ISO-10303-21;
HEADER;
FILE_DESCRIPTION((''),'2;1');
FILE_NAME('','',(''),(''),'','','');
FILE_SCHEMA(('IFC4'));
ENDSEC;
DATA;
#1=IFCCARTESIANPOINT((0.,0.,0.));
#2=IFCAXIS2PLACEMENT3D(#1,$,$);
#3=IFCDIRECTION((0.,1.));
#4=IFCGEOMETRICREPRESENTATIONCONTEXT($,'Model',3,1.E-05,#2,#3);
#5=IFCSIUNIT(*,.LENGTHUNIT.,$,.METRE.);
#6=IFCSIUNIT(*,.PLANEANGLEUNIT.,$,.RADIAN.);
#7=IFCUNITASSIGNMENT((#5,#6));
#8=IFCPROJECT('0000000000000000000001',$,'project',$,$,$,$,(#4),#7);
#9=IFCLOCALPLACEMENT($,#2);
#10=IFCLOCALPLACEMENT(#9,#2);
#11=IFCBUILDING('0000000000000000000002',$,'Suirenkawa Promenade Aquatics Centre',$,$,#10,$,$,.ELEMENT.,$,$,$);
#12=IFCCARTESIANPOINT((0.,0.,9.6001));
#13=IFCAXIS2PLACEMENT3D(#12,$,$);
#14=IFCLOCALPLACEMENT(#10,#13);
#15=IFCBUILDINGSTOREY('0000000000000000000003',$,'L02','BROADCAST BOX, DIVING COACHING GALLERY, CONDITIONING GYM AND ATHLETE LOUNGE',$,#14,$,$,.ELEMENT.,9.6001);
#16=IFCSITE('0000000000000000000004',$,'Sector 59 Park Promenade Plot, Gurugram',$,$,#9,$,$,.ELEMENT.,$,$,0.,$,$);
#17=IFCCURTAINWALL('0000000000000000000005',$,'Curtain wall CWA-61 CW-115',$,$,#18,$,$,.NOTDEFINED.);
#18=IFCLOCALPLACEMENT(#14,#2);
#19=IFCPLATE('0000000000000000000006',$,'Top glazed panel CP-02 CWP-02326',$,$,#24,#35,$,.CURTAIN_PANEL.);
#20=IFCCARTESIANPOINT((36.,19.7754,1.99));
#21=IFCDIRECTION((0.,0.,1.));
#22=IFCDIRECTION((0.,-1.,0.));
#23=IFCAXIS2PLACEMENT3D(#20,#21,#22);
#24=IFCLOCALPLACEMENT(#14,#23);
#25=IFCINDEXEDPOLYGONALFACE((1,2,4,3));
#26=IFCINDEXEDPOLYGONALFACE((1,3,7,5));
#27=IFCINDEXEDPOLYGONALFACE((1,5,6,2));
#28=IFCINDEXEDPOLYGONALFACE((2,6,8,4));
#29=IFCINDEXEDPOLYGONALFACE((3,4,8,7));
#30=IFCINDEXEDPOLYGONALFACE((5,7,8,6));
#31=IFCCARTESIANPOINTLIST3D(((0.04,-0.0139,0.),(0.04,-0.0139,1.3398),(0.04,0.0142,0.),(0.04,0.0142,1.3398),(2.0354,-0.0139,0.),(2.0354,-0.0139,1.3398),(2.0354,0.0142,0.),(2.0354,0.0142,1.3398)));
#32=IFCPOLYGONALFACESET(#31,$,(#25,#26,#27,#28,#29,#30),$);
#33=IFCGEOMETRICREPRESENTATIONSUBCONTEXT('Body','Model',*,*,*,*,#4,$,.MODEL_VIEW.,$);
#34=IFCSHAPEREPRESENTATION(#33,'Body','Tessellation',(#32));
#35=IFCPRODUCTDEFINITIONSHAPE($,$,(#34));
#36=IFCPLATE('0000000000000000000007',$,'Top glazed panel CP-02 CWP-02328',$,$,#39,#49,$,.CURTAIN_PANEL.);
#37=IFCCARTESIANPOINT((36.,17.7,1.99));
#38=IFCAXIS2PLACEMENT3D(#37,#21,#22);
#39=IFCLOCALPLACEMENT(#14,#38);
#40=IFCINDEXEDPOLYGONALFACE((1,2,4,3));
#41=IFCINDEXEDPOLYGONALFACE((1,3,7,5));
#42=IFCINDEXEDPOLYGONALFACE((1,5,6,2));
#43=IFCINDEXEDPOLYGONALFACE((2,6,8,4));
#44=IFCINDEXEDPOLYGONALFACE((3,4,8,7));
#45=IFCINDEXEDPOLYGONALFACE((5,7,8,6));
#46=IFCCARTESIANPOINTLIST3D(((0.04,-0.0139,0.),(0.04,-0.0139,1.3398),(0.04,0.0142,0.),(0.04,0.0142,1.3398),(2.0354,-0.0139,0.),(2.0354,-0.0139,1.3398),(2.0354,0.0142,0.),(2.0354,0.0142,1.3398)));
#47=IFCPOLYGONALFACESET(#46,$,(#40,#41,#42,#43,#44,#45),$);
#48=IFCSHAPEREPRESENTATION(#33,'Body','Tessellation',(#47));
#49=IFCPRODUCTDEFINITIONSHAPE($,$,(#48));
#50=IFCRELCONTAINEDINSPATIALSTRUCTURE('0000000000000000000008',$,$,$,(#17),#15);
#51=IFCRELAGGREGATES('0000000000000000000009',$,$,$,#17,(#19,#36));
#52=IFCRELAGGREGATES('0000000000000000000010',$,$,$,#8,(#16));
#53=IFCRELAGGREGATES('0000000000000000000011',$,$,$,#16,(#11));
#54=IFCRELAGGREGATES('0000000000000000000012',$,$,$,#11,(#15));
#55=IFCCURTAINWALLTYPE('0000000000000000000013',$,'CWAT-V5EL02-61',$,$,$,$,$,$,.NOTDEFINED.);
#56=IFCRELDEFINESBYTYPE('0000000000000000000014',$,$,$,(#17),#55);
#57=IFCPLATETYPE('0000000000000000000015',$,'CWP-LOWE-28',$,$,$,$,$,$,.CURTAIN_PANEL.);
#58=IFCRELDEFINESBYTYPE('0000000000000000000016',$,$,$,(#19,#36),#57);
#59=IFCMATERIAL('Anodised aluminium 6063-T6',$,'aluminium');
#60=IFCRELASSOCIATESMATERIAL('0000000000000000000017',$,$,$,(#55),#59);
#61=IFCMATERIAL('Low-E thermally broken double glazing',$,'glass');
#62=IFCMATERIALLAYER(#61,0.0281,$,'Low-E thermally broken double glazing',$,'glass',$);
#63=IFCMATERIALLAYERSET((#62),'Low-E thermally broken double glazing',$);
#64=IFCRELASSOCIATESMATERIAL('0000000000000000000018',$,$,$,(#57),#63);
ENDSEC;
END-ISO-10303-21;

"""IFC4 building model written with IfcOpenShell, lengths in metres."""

from ifc_helpers import new_model, si_unit, direction, frame, origin, place, context, subcontext, project, spatial, polyline, outline, extrude, material, layer, layer_set, type_object, element, aggregate, save


model = new_model("IFC4")

# Units and contexts
model_context = context("Model", 3, precision=1e-05, world=origin(), true_north=direction((0.0, 1.0)))
body_context = subcontext(model_context, "Body", "Model", "MODEL_VIEW")
ifc_project = project(units=[si_unit("LENGTHUNIT", "METRE"), si_unit("PLANEANGLEUNIT", "RADIAN")], contexts=[model_context])

# Site, building, storey
site_placement = place(None, origin())
site = spatial("IfcSite", under=ifc_project, at=site_placement, Name="Sector 59 Park Promenade Plot, Gurugram", CompositionType="ELEMENT", RefElevation=0.0)
building_placement = place(site_placement, origin())
building = spatial("IfcBuilding", under=site, at=building_placement, Name="Suirenkawa Promenade Aquatics Centre", CompositionType="ELEMENT")
storey_placement = place(building_placement, frame((0.0, 0.0, 9.6001)))
storey = spatial("IfcBuildingStorey", under=building, at=storey_placement, Name="L02", Description="BROADCAST BOX, DIVING COACHING GALLERY, CONDITIONING GYM AND ATHLETE LOUNGE", CompositionType="ELEMENT", Elevation=9.6001)

# Curtain wall, plates
ifc_material_1 = material(Name="Anodised aluminium 6063-T6", Category="aluminium")
curtain_wall_type = type_object("IfcCurtainWallType", Name="CWAT-V5EL02-61", PredefinedType="NOTDEFINED", material=ifc_material_1)
curtain_wall_placement = place(storey_placement, origin())
curtain_wall = element("IfcCurtainWall", 1, at=curtain_wall_placement, inside=storey, type_object=curtain_wall_type, Name="Curtain wall CWA-61 CW-115", PredefinedType="NOTDEFINED")
ifc_material_2 = material(Name="Low-E thermally broken double glazing", Category="glass")
ifc_layer_1 = layer(ifc_material_2, 0.0281, Name="Low-E thermally broken double glazing", Category="glass")
ifc_layer_set_1 = layer_set([ifc_layer_1], Name="Low-E thermally broken double glazing")
plate_type = type_object("IfcPlateType", Name="CWP-LOWE-28", PredefinedType="CURTAIN_PANEL", material=ifc_layer_set_1)
plate_1_placement = place(storey_placement, frame((36.0, 19.7754, 1.99), z_axis=(0.0, 0.0, 1.0), x_axis=(0.0, -1.0, 0.0)))
plate_1 = element("IfcPlate", 2, at=plate_1_placement, type_object=plate_type, Name="Top glazed panel CP-02 CWP-02326", PredefinedType="CURTAIN_PANEL", context=body_context, shape_type="SweptSolid", body=[
    extrude(outline(polyline([(0.04, 0.0), (2.0354, 0.0), (2.0354, 1.3398), (0.04, 1.3398), (0.04, 0.0)])), frame((0.0, 0.0142, 0.0), z_axis=(0.0, -1.0, 0.0), x_axis=(1.0, 0.0, 0.0)), (0.0, 0.0, 1.0), 0.0281),
])
plate_2_placement = place(storey_placement, frame((36.0, 17.7, 1.99), z_axis=(0.0, 0.0, 1.0), x_axis=(0.0, -1.0, 0.0)))
plate_2 = element("IfcPlate", 3, at=plate_2_placement, type_object=plate_type, Name="Top glazed panel CP-02 CWP-02328", PredefinedType="CURTAIN_PANEL", context=body_context, shape_type="SweptSolid", body=[
    extrude(outline(polyline([(0.04, 0.0), (2.0354, 0.0), (2.0354, 1.3398), (0.04, 1.3398), (0.04, 0.0)])), frame((0.0, 0.0142, 0.0), z_axis=(0.0, -1.0, 0.0), x_axis=(1.0, 0.0, 0.0)), (0.0, 0.0, 1.0), 0.0281),
])
aggregate(curtain_wall, [plate_1, plate_2])

save(model, "model.ifc")
